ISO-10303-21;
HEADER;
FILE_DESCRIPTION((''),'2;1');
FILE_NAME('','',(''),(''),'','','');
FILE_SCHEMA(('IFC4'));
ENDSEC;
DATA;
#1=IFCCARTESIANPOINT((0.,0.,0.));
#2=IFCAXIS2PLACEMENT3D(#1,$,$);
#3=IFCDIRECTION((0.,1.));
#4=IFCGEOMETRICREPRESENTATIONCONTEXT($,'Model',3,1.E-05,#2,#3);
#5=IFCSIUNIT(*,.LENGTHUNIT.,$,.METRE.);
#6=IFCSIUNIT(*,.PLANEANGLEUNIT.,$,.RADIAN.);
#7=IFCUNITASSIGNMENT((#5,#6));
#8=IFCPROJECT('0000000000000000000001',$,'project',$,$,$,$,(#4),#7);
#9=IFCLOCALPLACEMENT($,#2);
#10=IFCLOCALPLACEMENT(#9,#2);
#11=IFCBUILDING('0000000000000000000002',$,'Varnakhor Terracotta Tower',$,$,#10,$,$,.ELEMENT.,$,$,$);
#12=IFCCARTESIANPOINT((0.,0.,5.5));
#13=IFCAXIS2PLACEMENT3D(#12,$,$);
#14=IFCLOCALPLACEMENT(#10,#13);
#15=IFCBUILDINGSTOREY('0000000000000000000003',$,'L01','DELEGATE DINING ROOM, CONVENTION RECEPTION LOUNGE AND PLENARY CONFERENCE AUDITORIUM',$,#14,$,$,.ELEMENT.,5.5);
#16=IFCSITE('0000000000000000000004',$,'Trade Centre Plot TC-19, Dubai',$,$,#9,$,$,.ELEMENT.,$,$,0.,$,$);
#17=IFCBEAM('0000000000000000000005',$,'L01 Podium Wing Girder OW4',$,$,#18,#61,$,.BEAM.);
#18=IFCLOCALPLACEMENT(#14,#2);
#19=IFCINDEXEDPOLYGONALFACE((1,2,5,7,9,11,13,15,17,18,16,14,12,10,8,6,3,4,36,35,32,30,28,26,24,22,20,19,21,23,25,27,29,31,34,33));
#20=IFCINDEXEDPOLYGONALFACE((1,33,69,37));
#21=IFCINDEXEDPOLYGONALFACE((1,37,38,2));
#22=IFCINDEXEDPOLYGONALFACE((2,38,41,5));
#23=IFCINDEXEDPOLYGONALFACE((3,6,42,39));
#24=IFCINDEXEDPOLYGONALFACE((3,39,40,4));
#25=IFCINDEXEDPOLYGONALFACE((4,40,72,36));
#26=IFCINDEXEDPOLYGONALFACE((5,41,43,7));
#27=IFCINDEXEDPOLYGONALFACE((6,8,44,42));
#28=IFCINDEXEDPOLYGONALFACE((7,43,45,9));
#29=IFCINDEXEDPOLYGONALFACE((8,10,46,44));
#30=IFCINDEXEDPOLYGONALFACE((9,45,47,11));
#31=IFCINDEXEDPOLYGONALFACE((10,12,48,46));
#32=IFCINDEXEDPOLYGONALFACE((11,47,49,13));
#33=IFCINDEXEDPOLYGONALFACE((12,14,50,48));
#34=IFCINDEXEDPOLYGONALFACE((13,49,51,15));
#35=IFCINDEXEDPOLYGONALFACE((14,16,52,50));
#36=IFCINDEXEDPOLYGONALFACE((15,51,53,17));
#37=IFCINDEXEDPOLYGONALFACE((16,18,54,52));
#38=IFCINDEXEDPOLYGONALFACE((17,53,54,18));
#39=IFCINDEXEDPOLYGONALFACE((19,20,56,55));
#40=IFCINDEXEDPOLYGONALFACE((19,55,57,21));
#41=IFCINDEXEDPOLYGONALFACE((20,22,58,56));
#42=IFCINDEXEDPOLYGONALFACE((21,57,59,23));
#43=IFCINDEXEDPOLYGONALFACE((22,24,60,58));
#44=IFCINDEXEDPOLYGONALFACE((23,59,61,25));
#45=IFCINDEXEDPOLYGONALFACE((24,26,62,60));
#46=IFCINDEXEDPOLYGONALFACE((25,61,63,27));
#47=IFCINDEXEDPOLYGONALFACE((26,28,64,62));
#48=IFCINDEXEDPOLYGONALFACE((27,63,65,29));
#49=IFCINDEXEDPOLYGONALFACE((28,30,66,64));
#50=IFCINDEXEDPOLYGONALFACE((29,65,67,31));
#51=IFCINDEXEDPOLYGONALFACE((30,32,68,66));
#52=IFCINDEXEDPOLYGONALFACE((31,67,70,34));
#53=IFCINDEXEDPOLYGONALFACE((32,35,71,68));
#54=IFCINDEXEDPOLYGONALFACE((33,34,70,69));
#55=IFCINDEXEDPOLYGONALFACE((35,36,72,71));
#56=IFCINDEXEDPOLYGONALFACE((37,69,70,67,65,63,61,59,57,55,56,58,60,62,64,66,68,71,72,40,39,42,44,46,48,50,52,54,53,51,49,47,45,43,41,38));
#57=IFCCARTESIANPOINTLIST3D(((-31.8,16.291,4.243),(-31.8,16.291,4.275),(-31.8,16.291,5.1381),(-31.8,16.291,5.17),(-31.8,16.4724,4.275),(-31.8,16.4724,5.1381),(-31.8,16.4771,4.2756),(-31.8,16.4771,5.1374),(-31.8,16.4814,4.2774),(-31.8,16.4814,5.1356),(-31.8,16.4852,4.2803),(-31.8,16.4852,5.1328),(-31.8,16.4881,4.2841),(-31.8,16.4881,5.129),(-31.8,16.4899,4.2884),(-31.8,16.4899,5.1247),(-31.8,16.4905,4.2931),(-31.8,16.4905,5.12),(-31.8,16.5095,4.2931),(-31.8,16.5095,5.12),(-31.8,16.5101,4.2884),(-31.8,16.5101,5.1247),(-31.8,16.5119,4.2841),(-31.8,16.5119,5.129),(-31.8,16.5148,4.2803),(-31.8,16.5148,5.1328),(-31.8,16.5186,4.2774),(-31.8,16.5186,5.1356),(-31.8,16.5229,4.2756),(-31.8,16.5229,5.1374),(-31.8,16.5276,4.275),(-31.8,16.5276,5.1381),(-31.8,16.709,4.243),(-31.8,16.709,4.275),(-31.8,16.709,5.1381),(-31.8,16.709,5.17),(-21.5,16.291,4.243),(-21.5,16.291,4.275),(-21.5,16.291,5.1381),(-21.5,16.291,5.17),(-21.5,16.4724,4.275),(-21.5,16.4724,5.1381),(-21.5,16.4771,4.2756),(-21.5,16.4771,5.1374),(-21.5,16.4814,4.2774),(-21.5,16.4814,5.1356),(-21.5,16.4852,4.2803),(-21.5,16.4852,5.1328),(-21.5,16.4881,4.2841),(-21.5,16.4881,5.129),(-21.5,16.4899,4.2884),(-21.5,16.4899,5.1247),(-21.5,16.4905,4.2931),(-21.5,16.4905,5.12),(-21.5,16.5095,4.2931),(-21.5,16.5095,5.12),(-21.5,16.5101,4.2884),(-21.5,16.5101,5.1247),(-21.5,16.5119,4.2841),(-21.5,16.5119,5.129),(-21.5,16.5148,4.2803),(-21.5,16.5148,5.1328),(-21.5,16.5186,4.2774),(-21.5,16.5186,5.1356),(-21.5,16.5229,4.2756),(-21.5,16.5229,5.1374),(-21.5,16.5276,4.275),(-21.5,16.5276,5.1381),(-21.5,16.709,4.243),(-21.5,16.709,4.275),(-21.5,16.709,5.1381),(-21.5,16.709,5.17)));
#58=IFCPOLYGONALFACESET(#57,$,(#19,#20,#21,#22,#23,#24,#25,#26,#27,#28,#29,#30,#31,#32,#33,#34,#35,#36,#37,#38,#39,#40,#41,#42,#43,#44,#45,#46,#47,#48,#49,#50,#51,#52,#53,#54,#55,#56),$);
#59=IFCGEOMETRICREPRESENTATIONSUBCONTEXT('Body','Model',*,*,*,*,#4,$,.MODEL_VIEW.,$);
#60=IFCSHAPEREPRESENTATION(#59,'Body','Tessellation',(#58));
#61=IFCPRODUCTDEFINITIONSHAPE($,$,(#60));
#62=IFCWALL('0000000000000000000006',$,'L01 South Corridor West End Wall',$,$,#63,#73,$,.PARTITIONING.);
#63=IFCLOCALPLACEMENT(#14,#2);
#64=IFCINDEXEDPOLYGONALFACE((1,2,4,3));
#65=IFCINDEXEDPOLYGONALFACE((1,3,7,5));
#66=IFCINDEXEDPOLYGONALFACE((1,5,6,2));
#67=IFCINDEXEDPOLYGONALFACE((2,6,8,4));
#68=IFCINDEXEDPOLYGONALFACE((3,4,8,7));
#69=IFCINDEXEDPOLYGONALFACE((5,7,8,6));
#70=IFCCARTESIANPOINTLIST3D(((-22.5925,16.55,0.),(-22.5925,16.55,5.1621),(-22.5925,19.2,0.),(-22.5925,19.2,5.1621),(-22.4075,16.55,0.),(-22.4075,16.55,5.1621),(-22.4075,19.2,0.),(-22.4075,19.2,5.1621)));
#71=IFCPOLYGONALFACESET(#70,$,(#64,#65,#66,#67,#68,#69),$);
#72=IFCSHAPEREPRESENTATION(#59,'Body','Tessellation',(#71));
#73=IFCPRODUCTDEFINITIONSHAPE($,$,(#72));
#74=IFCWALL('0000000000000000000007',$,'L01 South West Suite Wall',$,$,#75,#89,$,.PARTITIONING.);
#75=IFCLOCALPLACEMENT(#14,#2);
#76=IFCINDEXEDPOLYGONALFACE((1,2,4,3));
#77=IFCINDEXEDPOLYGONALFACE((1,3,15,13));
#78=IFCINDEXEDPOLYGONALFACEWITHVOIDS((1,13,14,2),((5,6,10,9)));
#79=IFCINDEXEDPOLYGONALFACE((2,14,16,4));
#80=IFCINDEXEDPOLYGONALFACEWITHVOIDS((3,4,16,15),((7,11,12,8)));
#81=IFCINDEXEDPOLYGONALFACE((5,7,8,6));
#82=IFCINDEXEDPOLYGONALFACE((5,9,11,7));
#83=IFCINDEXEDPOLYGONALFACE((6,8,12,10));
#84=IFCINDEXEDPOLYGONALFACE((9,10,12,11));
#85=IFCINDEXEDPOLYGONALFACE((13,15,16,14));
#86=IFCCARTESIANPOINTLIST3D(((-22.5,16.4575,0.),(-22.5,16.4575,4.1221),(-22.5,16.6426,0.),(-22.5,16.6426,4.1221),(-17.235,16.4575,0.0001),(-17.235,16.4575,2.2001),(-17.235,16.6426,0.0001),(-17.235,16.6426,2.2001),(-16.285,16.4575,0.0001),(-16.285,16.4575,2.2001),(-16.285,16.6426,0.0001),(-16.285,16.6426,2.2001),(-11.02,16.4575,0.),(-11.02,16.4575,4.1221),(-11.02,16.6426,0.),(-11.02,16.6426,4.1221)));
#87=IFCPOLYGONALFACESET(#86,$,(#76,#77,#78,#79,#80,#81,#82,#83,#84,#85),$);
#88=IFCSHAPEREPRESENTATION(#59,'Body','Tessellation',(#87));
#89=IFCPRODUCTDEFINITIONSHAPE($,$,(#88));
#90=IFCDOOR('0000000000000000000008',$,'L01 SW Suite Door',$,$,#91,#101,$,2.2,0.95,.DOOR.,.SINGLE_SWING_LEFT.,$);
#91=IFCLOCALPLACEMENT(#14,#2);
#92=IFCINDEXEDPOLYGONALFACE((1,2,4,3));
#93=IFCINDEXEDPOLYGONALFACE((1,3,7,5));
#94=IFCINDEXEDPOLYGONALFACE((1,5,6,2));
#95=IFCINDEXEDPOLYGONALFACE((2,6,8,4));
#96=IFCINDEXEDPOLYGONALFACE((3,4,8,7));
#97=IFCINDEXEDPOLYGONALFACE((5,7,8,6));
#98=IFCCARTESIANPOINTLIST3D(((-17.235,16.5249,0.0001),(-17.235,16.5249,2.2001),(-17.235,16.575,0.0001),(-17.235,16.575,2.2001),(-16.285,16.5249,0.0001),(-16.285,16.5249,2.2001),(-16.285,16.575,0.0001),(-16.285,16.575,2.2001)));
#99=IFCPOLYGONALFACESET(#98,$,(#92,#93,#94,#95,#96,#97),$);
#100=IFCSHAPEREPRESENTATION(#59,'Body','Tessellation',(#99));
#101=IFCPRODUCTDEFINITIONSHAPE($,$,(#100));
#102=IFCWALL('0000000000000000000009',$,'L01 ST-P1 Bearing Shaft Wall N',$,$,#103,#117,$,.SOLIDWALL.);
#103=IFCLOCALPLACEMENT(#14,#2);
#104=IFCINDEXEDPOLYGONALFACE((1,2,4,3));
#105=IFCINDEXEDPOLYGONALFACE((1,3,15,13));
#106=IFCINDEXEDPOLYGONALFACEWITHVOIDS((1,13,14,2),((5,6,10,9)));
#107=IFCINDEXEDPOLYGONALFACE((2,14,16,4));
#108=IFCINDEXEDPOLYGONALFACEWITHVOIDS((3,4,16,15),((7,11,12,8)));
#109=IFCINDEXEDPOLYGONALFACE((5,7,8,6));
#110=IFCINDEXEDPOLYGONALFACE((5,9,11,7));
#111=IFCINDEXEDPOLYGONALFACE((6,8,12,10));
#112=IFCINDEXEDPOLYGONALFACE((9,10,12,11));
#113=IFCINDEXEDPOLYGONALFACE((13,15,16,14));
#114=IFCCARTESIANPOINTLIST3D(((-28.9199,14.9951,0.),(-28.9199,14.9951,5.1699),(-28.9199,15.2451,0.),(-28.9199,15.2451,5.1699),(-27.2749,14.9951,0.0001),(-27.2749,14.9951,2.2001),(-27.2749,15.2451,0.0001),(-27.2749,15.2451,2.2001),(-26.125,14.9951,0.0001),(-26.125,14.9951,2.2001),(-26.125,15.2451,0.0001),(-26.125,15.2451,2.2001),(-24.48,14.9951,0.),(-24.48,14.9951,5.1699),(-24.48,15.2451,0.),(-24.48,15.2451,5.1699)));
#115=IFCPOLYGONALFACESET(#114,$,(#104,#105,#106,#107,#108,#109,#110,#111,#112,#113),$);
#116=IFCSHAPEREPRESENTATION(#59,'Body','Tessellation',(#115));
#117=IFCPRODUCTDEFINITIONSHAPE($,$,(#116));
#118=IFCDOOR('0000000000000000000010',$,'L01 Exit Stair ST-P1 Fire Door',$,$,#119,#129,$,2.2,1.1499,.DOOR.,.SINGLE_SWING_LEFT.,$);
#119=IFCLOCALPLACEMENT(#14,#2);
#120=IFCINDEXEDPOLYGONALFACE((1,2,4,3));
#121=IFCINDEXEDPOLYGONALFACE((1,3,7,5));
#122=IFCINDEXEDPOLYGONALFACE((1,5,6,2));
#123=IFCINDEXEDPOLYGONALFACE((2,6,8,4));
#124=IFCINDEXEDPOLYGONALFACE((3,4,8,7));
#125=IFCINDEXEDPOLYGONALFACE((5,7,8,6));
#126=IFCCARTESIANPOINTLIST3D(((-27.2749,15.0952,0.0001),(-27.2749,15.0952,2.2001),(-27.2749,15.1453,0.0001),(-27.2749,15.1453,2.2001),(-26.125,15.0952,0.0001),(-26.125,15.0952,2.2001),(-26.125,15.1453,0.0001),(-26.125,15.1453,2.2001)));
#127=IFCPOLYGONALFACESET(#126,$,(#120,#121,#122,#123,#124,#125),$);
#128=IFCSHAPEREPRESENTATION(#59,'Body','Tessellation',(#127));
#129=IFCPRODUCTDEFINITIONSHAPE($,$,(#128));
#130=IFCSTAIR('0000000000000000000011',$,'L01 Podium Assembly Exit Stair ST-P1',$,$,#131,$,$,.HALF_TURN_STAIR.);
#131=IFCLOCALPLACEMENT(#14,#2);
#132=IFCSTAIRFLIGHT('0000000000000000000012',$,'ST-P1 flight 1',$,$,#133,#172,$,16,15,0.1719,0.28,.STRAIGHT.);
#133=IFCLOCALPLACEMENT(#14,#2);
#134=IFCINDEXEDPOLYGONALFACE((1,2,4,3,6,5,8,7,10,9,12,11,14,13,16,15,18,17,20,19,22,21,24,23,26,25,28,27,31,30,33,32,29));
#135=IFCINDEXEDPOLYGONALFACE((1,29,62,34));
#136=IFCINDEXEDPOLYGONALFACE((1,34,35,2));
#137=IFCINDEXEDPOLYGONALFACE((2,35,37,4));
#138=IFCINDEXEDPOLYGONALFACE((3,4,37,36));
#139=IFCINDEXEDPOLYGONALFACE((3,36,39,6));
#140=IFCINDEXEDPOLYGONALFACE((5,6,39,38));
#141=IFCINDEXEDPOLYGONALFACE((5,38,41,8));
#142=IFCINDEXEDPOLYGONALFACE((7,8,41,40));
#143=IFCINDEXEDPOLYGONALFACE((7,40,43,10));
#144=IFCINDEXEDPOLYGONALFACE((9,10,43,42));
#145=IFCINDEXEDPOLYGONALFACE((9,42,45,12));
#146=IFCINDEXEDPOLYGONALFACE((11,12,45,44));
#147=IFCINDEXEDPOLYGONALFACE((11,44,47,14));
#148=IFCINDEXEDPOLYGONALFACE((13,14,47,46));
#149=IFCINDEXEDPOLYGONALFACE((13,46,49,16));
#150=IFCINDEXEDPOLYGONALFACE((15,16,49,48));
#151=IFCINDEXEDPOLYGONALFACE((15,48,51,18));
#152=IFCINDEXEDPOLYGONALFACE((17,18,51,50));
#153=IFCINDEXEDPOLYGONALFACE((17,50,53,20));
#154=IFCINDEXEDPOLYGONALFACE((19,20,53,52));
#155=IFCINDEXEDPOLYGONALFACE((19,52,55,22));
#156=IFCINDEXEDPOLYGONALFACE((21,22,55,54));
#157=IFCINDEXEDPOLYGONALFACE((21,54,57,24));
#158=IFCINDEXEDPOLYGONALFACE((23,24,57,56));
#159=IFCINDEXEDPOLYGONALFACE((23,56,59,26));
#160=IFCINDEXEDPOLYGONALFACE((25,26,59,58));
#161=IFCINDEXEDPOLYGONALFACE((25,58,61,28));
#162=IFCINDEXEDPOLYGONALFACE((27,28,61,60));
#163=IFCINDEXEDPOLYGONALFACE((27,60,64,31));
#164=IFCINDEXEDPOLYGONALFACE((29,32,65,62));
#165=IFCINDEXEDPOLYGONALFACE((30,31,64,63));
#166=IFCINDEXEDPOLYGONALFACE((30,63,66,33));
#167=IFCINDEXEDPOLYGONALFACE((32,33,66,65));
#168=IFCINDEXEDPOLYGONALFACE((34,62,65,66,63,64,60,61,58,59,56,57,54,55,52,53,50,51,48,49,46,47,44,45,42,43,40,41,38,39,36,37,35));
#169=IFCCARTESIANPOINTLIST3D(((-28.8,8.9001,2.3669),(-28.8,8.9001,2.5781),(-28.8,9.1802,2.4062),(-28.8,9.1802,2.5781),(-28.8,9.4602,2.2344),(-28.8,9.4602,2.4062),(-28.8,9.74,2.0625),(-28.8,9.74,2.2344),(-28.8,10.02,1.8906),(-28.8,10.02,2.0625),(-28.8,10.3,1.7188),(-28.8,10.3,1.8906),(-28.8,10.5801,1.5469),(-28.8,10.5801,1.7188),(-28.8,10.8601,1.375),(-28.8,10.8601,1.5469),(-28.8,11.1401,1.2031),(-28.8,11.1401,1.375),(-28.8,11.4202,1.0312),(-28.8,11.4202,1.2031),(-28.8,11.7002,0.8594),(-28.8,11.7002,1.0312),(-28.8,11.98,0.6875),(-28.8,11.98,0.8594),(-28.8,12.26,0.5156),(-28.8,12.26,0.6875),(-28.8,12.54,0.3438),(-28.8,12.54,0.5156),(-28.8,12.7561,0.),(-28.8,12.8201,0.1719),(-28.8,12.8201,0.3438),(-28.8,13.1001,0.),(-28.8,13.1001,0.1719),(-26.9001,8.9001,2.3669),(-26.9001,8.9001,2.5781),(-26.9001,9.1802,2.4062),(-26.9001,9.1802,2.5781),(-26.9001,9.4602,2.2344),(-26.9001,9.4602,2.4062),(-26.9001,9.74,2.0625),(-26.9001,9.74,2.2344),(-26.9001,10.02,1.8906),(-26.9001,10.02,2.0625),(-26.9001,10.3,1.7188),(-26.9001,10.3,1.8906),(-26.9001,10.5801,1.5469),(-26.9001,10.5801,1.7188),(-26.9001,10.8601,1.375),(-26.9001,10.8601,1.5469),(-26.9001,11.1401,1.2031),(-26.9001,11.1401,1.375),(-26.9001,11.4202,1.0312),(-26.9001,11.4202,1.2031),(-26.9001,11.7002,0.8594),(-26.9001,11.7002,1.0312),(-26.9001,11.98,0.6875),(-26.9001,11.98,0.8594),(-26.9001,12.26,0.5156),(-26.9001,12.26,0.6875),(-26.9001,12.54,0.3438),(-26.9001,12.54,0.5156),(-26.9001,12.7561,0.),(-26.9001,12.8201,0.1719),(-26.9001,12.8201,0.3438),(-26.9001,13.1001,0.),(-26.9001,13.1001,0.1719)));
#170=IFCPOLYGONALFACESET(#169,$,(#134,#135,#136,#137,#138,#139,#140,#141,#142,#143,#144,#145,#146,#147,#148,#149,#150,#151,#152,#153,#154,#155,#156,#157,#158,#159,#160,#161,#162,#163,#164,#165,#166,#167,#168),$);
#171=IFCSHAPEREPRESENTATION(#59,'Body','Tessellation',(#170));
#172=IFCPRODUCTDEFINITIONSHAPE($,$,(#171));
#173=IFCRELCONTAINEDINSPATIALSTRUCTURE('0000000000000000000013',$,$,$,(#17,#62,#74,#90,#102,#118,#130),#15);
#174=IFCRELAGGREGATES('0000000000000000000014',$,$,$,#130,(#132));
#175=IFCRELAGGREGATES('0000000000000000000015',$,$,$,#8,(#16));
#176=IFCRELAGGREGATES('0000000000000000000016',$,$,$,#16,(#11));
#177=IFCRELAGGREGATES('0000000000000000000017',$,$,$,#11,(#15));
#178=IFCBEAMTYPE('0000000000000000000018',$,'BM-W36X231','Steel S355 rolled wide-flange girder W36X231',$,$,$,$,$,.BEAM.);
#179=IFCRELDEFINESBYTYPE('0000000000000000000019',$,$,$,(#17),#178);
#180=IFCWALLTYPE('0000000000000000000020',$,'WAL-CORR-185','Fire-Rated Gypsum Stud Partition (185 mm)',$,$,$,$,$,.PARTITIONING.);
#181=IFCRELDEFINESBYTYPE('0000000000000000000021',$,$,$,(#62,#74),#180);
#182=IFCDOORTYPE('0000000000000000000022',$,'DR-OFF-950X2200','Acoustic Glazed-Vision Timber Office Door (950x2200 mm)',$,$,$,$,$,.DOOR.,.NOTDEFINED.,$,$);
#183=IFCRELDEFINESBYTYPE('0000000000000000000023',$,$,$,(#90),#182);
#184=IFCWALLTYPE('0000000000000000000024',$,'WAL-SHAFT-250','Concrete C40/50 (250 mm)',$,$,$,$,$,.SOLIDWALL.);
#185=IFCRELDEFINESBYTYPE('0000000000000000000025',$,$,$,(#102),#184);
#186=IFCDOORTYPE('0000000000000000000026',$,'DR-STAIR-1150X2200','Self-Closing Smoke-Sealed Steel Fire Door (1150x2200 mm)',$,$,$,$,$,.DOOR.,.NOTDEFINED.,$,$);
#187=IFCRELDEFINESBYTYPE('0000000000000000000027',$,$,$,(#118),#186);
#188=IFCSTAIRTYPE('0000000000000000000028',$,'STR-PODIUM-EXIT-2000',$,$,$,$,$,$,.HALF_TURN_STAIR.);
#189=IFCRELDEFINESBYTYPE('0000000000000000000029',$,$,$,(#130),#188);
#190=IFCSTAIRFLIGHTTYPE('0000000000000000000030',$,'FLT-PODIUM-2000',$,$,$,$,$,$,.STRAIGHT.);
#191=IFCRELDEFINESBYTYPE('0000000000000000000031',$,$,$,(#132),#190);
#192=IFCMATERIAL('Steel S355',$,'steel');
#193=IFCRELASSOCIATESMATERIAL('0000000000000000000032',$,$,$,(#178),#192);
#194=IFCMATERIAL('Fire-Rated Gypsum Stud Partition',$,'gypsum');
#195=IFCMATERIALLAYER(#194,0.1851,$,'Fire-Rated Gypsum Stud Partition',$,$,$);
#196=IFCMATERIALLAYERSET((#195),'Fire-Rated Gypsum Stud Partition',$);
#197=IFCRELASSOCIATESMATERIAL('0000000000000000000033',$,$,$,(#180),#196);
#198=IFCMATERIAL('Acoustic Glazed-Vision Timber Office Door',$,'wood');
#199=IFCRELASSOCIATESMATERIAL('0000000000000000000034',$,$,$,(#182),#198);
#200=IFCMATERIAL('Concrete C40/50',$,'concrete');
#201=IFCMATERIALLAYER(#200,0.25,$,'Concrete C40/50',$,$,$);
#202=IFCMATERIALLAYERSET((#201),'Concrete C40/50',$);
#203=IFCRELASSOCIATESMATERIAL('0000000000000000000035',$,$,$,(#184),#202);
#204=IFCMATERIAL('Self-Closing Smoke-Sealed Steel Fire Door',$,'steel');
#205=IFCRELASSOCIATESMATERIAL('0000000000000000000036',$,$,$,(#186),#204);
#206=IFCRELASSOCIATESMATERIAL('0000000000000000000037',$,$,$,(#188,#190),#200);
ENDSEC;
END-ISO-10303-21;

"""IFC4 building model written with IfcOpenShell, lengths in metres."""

from ifc_helpers import new_model, si_unit, direction, frame, frame_2d, origin, origin_2d, place, context, subcontext, project, spatial, polyline, rectangle, i_section, outline, extrude, source, transform, mapped, material, layer, layer_set, material_profile, profile_set, type_object, type_shapes, element, fill, aggregate, save


model = new_model("IFC4")

# Units and contexts
model_context = context("Model", 3, precision=1e-05, world=origin(), true_north=direction((0.0, 1.0)))
body_context = subcontext(model_context, "Body", "Model", "MODEL_VIEW")
ifc_project = project(units=[si_unit("LENGTHUNIT", "METRE"), si_unit("PLANEANGLEUNIT", "RADIAN")], contexts=[model_context])

# Site, building, storey
site_placement = place(None, origin())
site = spatial("IfcSite", under=ifc_project, at=site_placement, Name="Trade Centre Plot TC-19, Dubai", CompositionType="ELEMENT", RefElevation=0.0)
building_placement = place(site_placement, origin())
building = spatial("IfcBuilding", under=site, at=building_placement, Name="Varnakhor Terracotta Tower", CompositionType="ELEMENT")
storey_placement = place(building_placement, frame((0.0, 0.0, 5.5)))
storey = spatial("IfcBuildingStorey", under=building, at=storey_placement, Name="L01", Description="DELEGATE DINING ROOM, CONVENTION RECEPTION LOUNGE AND PLENARY CONFERENCE AUDITORIUM", CompositionType="ELEMENT", Elevation=5.5)

# Beam
ifc_material_1 = material(Name="Steel S355", Category="steel")
ifc_material_profile_1 = material_profile(ifc_material_1, i_section(OverallWidth=0.418, OverallDepth=0.927, WebThickness=0.019, FlangeThickness=0.032, FilletRadius=0.0181, at=origin_2d()), Name="W36X231")
ifc_profile_set_1 = profile_set([ifc_material_profile_1], Name="Steel S355")
beam_type = type_object("IfcBeamType", Name="BM-W36X231", Description="Steel S355 rolled wide-flange girder W36X231", PredefinedType="BEAM", material=ifc_profile_set_1)
shared_shape_1 = source(origin(), body_context, "Body", "SweptSolid", [
    extrude(i_section(OverallWidth=0.418, OverallDepth=0.927, WebThickness=0.019, FlangeThickness=0.032, FilletRadius=0.0181, at=origin_2d()), origin(), (0.0, 0.0, 1.0), 10.3),
])
beam_1_placement = place(storey_placement, frame((-21.5, 16.5, 4.7065), z_axis=(-1.0, 0.0, 0.0), x_axis=(0.0, -1.0, 0.0)))
element("IfcBeam", 1, at=beam_1_placement, inside=storey, type_object=beam_type, Name="L01 Podium Wing Girder OW4", PredefinedType="BEAM", context=body_context, shape_type="MappedRepresentation", body=[
    mapped(shared_shape_1, transform((0.0, 0.0, 0.0), scale=1.0)),
])

# Wall
ifc_material_2 = material(Name="Fire-Rated Gypsum Stud Partition", Category="gypsum")
ifc_layer_1 = layer(ifc_material_2, 0.1851, Name="Fire-Rated Gypsum Stud Partition")
ifc_layer_set_1 = layer_set([ifc_layer_1], Name="Fire-Rated Gypsum Stud Partition")
wall_type_1 = type_object("IfcWallType", Name="WAL-CORR-185", Description="Fire-Rated Gypsum Stud Partition (185 mm)", PredefinedType="PARTITIONING", material=ifc_layer_set_1)
wall_1_placement = place(storey_placement, frame((-22.5, 16.55, 0.0), z_axis=(0.0, 0.0, 1.0), x_axis=(0.0, 1.0, 0.0)))
element("IfcWall", 2, at=wall_1_placement, inside=storey, type_object=wall_type_1, Name="L01 South Corridor West End Wall", PredefinedType="PARTITIONING", context=body_context, shape_type="SweptSolid", body=[
    extrude(rectangle(XDim=2.6499, YDim=0.1851, at=frame_2d((1.325, 0.0))), origin(), (0.0, 0.0, 1.0), 5.1621),
])

# Walls, openings, doors
wall_2_placement = place(storey_placement, frame((-22.5, 16.55, 0.0), z_axis=(0.0, 0.0, 1.0), x_axis=(1.0, 0.0, 0.0)))
wall_2 = element("IfcWall", 3, at=wall_2_placement, inside=storey, type_object=wall_type_1, Name="L01 South West Suite Wall", PredefinedType="PARTITIONING", context=body_context, shape_type="SweptSolid", body=[
    extrude(rectangle(XDim=11.48, YDim=0.1851, at=frame_2d((5.74, 0.0))), origin(), (0.0, 0.0, 1.0), 4.1221),
])
opening_1_placement = place(wall_2_placement, frame((5.2649, 0.0, 0.0)))
opening_1 = element("IfcOpeningElement", 4, at=opening_1_placement, cuts=wall_2, PredefinedType="OPENING", context=body_context, shape_type="SweptSolid", body=[
    extrude(rectangle(XDim=0.95, YDim=2.2, at=frame_2d((0.4751, 1.1001))), frame((0.0, 0.1025, 0.0), z_axis=(0.0, -1.0, 0.0), x_axis=(1.0, 0.0, 0.0)), (0.0, 0.0, 1.0), 0.2051),
])
ifc_material_3 = material(Name="Acoustic Glazed-Vision Timber Office Door", Category="wood")
door_type_1 = type_object("IfcDoorType", Name="DR-OFF-950X2200", Description="Acoustic Glazed-Vision Timber Office Door (950x2200 mm)", OperationType="NOTDEFINED", PredefinedType="DOOR", material=ifc_material_3)
shared_shape_2 = source(origin(), body_context, "Body", "SweptSolid", [
    extrude(rectangle(XDim=0.95, YDim=2.2, at=frame_2d((0.4751, 1.1001))), frame((0.0, 0.0249, 0.0), z_axis=(0.0, -1.0, 0.0), x_axis=(1.0, 0.0, 0.0)), (0.0, 0.0, 1.0), 0.05),
])
type_shapes(door_type_1, [shared_shape_2])
door_1_placement = place(opening_1_placement, origin())
door_1 = element("IfcDoor", 5, at=door_1_placement, inside=storey, type_object=door_type_1, Name="L01 SW Suite Door", OperationType="SINGLE_SWING_LEFT", OverallHeight=2.2, OverallWidth=0.95, PredefinedType="DOOR", context=body_context, shape_type="MappedRepresentation", body=[
    mapped(shared_shape_2, transform((0.0, 0.0, 0.0), scale=1.0)),
])
fill(opening_1, door_1)
ifc_material_4 = material(Name="Concrete C40/50", Category="concrete")
ifc_layer_2 = layer(ifc_material_4, 0.25, Name="Concrete C40/50")
ifc_layer_set_2 = layer_set([ifc_layer_2], Name="Concrete C40/50")
wall_type_2 = type_object("IfcWallType", Name="WAL-SHAFT-250", Description="Concrete C40/50 (250 mm)", PredefinedType="SOLIDWALL", material=ifc_layer_set_2)
wall_3_placement = place(storey_placement, frame((-24.48, 15.1201, 0.0), z_axis=(0.0, 0.0, 1.0), x_axis=(-1.0, 0.0, 0.0)))
wall_3 = element("IfcWall", 6, at=wall_3_placement, inside=storey, type_object=wall_type_2, Name="L01 ST-P1 Bearing Shaft Wall N", PredefinedType="SOLIDWALL", context=body_context, shape_type="SweptSolid", body=[
    extrude(rectangle(XDim=4.4399, YDim=0.25, at=frame_2d((2.22, 0.0))), origin(), (0.0, 0.0, 1.0), 5.1699),
])
opening_2_placement = place(wall_3_placement, frame((1.645, 0.0, 0.0)))
opening_2 = element("IfcOpeningElement", 7, at=opening_2_placement, cuts=wall_3, PredefinedType="OPENING", context=body_context, shape_type="SweptSolid", body=[
    extrude(rectangle(XDim=1.1499, YDim=2.2, at=frame_2d((0.575, 1.1001))), frame((0.0, 0.135, 0.0), z_axis=(0.0, -1.0, 0.0), x_axis=(1.0, 0.0, 0.0)), (0.0, 0.0, 1.0), 0.27),
])
ifc_material_5 = material(Name="Self-Closing Smoke-Sealed Steel Fire Door", Category="steel")
door_type_2 = type_object("IfcDoorType", Name="DR-STAIR-1150X2200", Description="Self-Closing Smoke-Sealed Steel Fire Door (1150x2200 mm)", OperationType="NOTDEFINED", PredefinedType="DOOR", material=ifc_material_5)
shared_shape_3 = source(origin(), body_context, "Body", "SweptSolid", [
    extrude(rectangle(XDim=1.1499, YDim=2.2, at=frame_2d((0.575, 1.1001))), frame((0.0, 0.0249, 0.0), z_axis=(0.0, -1.0, 0.0), x_axis=(1.0, 0.0, 0.0)), (0.0, 0.0, 1.0), 0.05),
])
type_shapes(door_type_2, [shared_shape_3])
door_2_placement = place(opening_2_placement, origin())
door_2 = element("IfcDoor", 8, at=door_2_placement, inside=storey, type_object=door_type_2, Name="L01 Exit Stair ST-P1 Fire Door", OperationType="SINGLE_SWING_LEFT", OverallHeight=2.2, OverallWidth=1.1499, PredefinedType="DOOR", context=body_context, shape_type="MappedRepresentation", body=[
    mapped(shared_shape_3, transform((0.0, 0.0, 0.0), scale=1.0)),
])
fill(opening_2, door_2)

# Stair, stair flight
stair_type = type_object("IfcStairType", Name="STR-PODIUM-EXIT-2000", PredefinedType="HALF_TURN_STAIR", material=ifc_material_4)
stair_placement = place(storey_placement, origin())
stair = element("IfcStair", 9, at=stair_placement, inside=storey, type_object=stair_type, Name="L01 Podium Assembly Exit Stair ST-P1", PredefinedType="HALF_TURN_STAIR")
stair_flight_type = type_object("IfcStairFlightType", Name="FLT-PODIUM-2000", PredefinedType="STRAIGHT", material=ifc_material_4)
stair_flight_1_placement = place(storey_placement, frame((-27.8501, 13.1001, 0.0), z_axis=(0.0, 0.0, 1.0), x_axis=(0.0, -1.0, 0.0)))
stair_flight_1 = element("IfcStairFlight", 10, at=stair_flight_1_placement, type_object=stair_flight_type, Name="ST-P1 flight 1", NumberOfRisers=16, NumberOfTreads=15, PredefinedType="STRAIGHT", RiserHeight=0.1719, TreadLength=0.28, context=body_context, shape_type="SweptSolid", body=[
    extrude(outline(polyline([(0.0, 0.0), (0.0, 0.1719), (0.28, 0.1719), (0.28, 0.3438), (0.5601, 0.3438), (0.5601, 0.5156), (0.8401, 0.5156), (0.8401, 0.6875), (1.1201, 0.6875), (1.1201, 0.8594), (1.3999, 0.8594), (1.3999, 1.0312), (1.6799, 1.0312), (1.6799, 1.2031), (1.96, 1.2031), (1.96, 1.375), (2.24, 1.375), (2.24, 1.5469), (2.52, 1.5469), (2.52, 1.7188), (2.8, 1.7188), (2.8, 1.8906), (3.0801, 1.8906), (3.0801, 2.0625), (3.3601, 2.0625), (3.3601, 2.2344), (3.6399, 2.2344), (3.6399, 2.4062), (3.9199, 2.4062), (3.9199, 2.5781), (4.2, 2.5781), (4.2, 2.75), (4.2, 2.3669), (0.344, 0.0), (0.0, 0.0)])), frame((0.0, 0.95, 0.0), z_axis=(0.0, -1.0, 0.0), x_axis=(1.0, 0.0, 0.0)), (0.0, 0.0, 1.0), 1.8999),
])
aggregate(stair, [stair_flight_1])

save(model, "model.ifc")
